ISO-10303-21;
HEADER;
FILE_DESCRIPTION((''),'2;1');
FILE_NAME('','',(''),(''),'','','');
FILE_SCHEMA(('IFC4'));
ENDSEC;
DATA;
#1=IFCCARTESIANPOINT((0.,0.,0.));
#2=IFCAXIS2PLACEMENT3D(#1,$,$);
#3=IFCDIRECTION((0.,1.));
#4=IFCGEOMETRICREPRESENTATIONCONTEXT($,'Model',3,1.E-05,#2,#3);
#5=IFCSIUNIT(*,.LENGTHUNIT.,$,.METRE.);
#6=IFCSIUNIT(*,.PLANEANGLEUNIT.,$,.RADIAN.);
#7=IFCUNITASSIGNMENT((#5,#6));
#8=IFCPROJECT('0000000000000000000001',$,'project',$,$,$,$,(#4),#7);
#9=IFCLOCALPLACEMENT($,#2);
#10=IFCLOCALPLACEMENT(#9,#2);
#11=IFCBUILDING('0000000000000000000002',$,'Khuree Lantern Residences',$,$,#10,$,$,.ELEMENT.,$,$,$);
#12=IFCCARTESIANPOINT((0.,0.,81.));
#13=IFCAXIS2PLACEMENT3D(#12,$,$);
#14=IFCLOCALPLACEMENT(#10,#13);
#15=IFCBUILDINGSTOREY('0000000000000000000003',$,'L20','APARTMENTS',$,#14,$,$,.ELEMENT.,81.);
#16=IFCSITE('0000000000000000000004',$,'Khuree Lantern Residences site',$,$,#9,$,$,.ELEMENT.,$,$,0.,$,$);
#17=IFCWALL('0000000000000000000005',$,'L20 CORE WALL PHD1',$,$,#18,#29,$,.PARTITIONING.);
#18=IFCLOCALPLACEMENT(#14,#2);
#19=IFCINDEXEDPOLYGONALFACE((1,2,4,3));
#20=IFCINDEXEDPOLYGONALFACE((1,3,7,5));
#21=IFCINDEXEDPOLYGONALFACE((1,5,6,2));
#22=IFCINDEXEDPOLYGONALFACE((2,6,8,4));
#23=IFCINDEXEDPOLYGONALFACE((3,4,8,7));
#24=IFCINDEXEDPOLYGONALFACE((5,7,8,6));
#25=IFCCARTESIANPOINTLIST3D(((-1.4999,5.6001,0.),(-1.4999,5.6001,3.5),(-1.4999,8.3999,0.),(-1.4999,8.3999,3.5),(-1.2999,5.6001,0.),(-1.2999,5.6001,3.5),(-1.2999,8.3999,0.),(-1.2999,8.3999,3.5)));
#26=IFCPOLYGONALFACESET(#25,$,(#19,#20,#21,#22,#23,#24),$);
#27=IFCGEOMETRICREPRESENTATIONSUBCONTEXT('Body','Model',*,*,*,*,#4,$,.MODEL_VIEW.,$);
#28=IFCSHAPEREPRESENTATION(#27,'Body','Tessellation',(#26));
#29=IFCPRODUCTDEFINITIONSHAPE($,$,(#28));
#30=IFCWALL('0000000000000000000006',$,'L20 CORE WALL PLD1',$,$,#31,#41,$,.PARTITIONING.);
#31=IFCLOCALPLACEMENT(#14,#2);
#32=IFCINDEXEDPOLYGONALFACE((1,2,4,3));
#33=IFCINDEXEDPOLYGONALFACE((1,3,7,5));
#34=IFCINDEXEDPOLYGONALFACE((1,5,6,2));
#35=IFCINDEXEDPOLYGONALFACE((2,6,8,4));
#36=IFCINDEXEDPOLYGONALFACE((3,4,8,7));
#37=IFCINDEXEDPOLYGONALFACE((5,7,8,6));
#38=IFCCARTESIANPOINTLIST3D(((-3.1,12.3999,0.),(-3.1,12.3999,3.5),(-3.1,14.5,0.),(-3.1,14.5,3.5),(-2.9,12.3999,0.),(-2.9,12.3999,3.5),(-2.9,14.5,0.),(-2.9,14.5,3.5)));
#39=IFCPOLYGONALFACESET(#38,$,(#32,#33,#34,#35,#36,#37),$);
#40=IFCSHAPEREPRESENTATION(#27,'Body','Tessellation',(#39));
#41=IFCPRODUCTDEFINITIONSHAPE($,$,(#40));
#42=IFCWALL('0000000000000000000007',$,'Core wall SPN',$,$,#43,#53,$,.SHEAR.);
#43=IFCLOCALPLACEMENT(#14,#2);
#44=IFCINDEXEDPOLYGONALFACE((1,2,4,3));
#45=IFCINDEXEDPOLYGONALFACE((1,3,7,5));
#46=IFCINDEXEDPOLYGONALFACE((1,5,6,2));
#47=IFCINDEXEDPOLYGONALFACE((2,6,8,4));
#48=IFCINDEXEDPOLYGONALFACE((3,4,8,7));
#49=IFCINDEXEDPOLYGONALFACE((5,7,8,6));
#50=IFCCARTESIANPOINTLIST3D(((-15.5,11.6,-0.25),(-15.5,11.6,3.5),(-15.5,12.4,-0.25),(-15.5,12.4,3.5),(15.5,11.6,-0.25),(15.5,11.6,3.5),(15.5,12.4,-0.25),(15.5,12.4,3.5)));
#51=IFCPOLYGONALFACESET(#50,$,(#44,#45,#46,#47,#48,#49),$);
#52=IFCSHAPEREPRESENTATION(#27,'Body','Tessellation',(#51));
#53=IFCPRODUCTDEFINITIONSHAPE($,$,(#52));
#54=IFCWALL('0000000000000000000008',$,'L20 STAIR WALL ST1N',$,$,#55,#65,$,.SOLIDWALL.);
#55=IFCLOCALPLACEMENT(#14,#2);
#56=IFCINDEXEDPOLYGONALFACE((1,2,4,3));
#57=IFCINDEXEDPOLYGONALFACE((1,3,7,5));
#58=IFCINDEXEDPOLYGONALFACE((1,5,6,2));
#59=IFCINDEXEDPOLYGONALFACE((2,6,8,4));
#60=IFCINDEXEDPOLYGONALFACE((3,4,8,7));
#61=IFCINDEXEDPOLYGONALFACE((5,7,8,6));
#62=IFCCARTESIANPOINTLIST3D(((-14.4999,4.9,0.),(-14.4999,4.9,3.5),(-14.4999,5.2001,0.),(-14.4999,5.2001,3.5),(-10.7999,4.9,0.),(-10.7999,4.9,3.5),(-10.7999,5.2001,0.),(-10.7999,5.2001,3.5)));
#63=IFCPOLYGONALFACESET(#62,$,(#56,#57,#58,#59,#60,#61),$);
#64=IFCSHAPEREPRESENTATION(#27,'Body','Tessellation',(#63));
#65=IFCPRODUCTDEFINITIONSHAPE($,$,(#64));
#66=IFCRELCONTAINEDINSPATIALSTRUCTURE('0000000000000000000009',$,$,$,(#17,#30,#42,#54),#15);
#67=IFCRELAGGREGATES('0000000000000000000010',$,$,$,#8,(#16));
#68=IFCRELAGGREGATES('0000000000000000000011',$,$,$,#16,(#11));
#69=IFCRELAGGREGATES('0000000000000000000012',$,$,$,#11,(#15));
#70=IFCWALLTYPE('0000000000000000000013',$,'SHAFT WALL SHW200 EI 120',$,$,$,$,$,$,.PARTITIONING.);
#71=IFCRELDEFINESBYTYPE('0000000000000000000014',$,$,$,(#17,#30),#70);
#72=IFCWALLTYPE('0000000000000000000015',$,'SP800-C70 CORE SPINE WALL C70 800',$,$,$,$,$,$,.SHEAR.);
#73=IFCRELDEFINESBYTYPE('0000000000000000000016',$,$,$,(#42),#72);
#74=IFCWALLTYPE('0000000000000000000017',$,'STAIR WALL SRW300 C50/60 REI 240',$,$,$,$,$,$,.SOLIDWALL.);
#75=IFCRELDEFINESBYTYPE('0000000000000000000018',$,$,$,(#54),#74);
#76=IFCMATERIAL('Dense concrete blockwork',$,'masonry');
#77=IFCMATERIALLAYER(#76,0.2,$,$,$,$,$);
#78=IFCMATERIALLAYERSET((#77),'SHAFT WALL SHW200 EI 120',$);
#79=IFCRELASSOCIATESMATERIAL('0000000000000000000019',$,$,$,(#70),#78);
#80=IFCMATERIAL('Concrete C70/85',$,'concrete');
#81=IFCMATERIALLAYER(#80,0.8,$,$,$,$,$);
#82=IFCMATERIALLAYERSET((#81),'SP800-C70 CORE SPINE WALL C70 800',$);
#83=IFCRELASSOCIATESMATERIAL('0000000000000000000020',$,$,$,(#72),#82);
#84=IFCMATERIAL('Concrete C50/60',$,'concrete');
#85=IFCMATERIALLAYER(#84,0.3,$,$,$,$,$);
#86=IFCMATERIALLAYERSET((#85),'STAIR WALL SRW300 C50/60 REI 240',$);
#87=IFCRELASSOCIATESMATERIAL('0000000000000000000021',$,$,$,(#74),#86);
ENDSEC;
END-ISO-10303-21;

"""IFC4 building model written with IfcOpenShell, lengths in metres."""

from ifc_helpers import new_model, si_unit, direction, frame, frame_2d, origin, place, context, subcontext, project, spatial, rectangle, extrude, material, layer, layer_set, type_object, element, save


model = new_model("IFC4")

# Units and contexts
model_context = context("Model", 3, precision=1e-05, world=origin(), true_north=direction((0.0, 1.0)))
body_context = subcontext(model_context, "Body", "Model", "MODEL_VIEW")
ifc_project = project(units=[si_unit("LENGTHUNIT", "METRE"), si_unit("PLANEANGLEUNIT", "RADIAN")], contexts=[model_context])

# Site, building, storey
site_placement = place(None, origin())
site = spatial("IfcSite", under=ifc_project, at=site_placement, Name="Khuree Lantern Residences site", CompositionType="ELEMENT", RefElevation=0.0)
building_placement = place(site_placement, origin())
building = spatial("IfcBuilding", under=site, at=building_placement, Name="Khuree Lantern Residences", CompositionType="ELEMENT")
storey_placement = place(building_placement, frame((0.0, 0.0, 81.0)))
storey = spatial("IfcBuildingStorey", under=building, at=storey_placement, Name="L20", Description="APARTMENTS", CompositionType="ELEMENT", Elevation=81.0)

# Shared definitions
ifc_material_1 = material(Name="Concrete C70/85", Category="concrete")

# Shared definitions
ifc_material_2 = material(Name="Dense concrete blockwork", Category="masonry")

# Walls
ifc_layer_1 = layer(ifc_material_2, 0.2)
ifc_layer_set_1 = layer_set([ifc_layer_1], Name="SHAFT WALL SHW200 EI 120")
wall_type_1 = type_object("IfcWallType", Name="SHAFT WALL SHW200 EI 120", PredefinedType="PARTITIONING", material=ifc_layer_set_1)
wall_1_placement = place(storey_placement, frame((-1.3999, 5.6001, 0.0), z_axis=(0.0, 0.0, 1.0), x_axis=(0.0, 1.0, 0.0)))
element("IfcWall", 1, at=wall_1_placement, inside=storey, type_object=wall_type_1, Name="L20 CORE WALL PHD1", PredefinedType="PARTITIONING", context=body_context, shape_type="SweptSolid", body=[
    extrude(rectangle(XDim=2.7998, YDim=0.2, at=frame_2d((1.3999, 0.0))), origin(), (0.0, 0.0, 1.0), 3.5),
])
wall_2_placement = place(storey_placement, frame((-3.0, 12.3999, 0.0), z_axis=(0.0, 0.0, 1.0), x_axis=(0.0, 1.0, 0.0)))
element("IfcWall", 2, at=wall_2_placement, inside=storey, type_object=wall_type_1, Name="L20 CORE WALL PLD1", PredefinedType="PARTITIONING", context=body_context, shape_type="SweptSolid", body=[
    extrude(rectangle(XDim=2.1001, YDim=0.2, at=frame_2d((1.05, 0.0))), origin(), (0.0, 0.0, 1.0), 3.5),
])
ifc_layer_2 = layer(ifc_material_1, 0.8)
ifc_layer_set_2 = layer_set([ifc_layer_2], Name="SP800-C70 CORE SPINE WALL C70 800")
wall_type_2 = type_object("IfcWallType", Name="SP800-C70 CORE SPINE WALL C70 800", PredefinedType="SHEAR", material=ifc_layer_set_2)
wall_3_placement = place(storey_placement, frame((-15.5, 12.0, -0.25), z_axis=(0.0, 0.0, 1.0), x_axis=(1.0, 0.0, 0.0)))
element("IfcWall", 3, at=wall_3_placement, inside=storey, type_object=wall_type_2, Name="Core wall SPN", PredefinedType="SHEAR", context=body_context, shape_type="SweptSolid", body=[
    extrude(rectangle(XDim=31.0, YDim=0.8, at=frame_2d((15.5, 0.0))), origin(), (0.0, 0.0, 1.0), 3.75),
])
ifc_material_3 = material(Name="Concrete C50/60", Category="concrete")
ifc_layer_3 = layer(ifc_material_3, 0.3)
ifc_layer_set_3 = layer_set([ifc_layer_3], Name="STAIR WALL SRW300 C50/60 REI 240")
wall_type_3 = type_object("IfcWallType", Name="STAIR WALL SRW300 C50/60 REI 240", PredefinedType="SOLIDWALL", material=ifc_layer_set_3)
wall_4_placement = place(storey_placement, frame((-14.5, 5.05, 0.0), z_axis=(0.0, 0.0, 1.0), x_axis=(1.0, 0.0, 0.0)))
element("IfcWall", 4, at=wall_4_placement, inside=storey, type_object=wall_type_3, Name="L20 STAIR WALL ST1N", PredefinedType="SOLIDWALL", context=body_context, shape_type="SweptSolid", body=[
    extrude(rectangle(XDim=3.7, YDim=0.3, at=frame_2d((1.8501, 0.0))), origin(), (0.0, 0.0, 1.0), 3.5),
])

save(model, "model.ifc")
